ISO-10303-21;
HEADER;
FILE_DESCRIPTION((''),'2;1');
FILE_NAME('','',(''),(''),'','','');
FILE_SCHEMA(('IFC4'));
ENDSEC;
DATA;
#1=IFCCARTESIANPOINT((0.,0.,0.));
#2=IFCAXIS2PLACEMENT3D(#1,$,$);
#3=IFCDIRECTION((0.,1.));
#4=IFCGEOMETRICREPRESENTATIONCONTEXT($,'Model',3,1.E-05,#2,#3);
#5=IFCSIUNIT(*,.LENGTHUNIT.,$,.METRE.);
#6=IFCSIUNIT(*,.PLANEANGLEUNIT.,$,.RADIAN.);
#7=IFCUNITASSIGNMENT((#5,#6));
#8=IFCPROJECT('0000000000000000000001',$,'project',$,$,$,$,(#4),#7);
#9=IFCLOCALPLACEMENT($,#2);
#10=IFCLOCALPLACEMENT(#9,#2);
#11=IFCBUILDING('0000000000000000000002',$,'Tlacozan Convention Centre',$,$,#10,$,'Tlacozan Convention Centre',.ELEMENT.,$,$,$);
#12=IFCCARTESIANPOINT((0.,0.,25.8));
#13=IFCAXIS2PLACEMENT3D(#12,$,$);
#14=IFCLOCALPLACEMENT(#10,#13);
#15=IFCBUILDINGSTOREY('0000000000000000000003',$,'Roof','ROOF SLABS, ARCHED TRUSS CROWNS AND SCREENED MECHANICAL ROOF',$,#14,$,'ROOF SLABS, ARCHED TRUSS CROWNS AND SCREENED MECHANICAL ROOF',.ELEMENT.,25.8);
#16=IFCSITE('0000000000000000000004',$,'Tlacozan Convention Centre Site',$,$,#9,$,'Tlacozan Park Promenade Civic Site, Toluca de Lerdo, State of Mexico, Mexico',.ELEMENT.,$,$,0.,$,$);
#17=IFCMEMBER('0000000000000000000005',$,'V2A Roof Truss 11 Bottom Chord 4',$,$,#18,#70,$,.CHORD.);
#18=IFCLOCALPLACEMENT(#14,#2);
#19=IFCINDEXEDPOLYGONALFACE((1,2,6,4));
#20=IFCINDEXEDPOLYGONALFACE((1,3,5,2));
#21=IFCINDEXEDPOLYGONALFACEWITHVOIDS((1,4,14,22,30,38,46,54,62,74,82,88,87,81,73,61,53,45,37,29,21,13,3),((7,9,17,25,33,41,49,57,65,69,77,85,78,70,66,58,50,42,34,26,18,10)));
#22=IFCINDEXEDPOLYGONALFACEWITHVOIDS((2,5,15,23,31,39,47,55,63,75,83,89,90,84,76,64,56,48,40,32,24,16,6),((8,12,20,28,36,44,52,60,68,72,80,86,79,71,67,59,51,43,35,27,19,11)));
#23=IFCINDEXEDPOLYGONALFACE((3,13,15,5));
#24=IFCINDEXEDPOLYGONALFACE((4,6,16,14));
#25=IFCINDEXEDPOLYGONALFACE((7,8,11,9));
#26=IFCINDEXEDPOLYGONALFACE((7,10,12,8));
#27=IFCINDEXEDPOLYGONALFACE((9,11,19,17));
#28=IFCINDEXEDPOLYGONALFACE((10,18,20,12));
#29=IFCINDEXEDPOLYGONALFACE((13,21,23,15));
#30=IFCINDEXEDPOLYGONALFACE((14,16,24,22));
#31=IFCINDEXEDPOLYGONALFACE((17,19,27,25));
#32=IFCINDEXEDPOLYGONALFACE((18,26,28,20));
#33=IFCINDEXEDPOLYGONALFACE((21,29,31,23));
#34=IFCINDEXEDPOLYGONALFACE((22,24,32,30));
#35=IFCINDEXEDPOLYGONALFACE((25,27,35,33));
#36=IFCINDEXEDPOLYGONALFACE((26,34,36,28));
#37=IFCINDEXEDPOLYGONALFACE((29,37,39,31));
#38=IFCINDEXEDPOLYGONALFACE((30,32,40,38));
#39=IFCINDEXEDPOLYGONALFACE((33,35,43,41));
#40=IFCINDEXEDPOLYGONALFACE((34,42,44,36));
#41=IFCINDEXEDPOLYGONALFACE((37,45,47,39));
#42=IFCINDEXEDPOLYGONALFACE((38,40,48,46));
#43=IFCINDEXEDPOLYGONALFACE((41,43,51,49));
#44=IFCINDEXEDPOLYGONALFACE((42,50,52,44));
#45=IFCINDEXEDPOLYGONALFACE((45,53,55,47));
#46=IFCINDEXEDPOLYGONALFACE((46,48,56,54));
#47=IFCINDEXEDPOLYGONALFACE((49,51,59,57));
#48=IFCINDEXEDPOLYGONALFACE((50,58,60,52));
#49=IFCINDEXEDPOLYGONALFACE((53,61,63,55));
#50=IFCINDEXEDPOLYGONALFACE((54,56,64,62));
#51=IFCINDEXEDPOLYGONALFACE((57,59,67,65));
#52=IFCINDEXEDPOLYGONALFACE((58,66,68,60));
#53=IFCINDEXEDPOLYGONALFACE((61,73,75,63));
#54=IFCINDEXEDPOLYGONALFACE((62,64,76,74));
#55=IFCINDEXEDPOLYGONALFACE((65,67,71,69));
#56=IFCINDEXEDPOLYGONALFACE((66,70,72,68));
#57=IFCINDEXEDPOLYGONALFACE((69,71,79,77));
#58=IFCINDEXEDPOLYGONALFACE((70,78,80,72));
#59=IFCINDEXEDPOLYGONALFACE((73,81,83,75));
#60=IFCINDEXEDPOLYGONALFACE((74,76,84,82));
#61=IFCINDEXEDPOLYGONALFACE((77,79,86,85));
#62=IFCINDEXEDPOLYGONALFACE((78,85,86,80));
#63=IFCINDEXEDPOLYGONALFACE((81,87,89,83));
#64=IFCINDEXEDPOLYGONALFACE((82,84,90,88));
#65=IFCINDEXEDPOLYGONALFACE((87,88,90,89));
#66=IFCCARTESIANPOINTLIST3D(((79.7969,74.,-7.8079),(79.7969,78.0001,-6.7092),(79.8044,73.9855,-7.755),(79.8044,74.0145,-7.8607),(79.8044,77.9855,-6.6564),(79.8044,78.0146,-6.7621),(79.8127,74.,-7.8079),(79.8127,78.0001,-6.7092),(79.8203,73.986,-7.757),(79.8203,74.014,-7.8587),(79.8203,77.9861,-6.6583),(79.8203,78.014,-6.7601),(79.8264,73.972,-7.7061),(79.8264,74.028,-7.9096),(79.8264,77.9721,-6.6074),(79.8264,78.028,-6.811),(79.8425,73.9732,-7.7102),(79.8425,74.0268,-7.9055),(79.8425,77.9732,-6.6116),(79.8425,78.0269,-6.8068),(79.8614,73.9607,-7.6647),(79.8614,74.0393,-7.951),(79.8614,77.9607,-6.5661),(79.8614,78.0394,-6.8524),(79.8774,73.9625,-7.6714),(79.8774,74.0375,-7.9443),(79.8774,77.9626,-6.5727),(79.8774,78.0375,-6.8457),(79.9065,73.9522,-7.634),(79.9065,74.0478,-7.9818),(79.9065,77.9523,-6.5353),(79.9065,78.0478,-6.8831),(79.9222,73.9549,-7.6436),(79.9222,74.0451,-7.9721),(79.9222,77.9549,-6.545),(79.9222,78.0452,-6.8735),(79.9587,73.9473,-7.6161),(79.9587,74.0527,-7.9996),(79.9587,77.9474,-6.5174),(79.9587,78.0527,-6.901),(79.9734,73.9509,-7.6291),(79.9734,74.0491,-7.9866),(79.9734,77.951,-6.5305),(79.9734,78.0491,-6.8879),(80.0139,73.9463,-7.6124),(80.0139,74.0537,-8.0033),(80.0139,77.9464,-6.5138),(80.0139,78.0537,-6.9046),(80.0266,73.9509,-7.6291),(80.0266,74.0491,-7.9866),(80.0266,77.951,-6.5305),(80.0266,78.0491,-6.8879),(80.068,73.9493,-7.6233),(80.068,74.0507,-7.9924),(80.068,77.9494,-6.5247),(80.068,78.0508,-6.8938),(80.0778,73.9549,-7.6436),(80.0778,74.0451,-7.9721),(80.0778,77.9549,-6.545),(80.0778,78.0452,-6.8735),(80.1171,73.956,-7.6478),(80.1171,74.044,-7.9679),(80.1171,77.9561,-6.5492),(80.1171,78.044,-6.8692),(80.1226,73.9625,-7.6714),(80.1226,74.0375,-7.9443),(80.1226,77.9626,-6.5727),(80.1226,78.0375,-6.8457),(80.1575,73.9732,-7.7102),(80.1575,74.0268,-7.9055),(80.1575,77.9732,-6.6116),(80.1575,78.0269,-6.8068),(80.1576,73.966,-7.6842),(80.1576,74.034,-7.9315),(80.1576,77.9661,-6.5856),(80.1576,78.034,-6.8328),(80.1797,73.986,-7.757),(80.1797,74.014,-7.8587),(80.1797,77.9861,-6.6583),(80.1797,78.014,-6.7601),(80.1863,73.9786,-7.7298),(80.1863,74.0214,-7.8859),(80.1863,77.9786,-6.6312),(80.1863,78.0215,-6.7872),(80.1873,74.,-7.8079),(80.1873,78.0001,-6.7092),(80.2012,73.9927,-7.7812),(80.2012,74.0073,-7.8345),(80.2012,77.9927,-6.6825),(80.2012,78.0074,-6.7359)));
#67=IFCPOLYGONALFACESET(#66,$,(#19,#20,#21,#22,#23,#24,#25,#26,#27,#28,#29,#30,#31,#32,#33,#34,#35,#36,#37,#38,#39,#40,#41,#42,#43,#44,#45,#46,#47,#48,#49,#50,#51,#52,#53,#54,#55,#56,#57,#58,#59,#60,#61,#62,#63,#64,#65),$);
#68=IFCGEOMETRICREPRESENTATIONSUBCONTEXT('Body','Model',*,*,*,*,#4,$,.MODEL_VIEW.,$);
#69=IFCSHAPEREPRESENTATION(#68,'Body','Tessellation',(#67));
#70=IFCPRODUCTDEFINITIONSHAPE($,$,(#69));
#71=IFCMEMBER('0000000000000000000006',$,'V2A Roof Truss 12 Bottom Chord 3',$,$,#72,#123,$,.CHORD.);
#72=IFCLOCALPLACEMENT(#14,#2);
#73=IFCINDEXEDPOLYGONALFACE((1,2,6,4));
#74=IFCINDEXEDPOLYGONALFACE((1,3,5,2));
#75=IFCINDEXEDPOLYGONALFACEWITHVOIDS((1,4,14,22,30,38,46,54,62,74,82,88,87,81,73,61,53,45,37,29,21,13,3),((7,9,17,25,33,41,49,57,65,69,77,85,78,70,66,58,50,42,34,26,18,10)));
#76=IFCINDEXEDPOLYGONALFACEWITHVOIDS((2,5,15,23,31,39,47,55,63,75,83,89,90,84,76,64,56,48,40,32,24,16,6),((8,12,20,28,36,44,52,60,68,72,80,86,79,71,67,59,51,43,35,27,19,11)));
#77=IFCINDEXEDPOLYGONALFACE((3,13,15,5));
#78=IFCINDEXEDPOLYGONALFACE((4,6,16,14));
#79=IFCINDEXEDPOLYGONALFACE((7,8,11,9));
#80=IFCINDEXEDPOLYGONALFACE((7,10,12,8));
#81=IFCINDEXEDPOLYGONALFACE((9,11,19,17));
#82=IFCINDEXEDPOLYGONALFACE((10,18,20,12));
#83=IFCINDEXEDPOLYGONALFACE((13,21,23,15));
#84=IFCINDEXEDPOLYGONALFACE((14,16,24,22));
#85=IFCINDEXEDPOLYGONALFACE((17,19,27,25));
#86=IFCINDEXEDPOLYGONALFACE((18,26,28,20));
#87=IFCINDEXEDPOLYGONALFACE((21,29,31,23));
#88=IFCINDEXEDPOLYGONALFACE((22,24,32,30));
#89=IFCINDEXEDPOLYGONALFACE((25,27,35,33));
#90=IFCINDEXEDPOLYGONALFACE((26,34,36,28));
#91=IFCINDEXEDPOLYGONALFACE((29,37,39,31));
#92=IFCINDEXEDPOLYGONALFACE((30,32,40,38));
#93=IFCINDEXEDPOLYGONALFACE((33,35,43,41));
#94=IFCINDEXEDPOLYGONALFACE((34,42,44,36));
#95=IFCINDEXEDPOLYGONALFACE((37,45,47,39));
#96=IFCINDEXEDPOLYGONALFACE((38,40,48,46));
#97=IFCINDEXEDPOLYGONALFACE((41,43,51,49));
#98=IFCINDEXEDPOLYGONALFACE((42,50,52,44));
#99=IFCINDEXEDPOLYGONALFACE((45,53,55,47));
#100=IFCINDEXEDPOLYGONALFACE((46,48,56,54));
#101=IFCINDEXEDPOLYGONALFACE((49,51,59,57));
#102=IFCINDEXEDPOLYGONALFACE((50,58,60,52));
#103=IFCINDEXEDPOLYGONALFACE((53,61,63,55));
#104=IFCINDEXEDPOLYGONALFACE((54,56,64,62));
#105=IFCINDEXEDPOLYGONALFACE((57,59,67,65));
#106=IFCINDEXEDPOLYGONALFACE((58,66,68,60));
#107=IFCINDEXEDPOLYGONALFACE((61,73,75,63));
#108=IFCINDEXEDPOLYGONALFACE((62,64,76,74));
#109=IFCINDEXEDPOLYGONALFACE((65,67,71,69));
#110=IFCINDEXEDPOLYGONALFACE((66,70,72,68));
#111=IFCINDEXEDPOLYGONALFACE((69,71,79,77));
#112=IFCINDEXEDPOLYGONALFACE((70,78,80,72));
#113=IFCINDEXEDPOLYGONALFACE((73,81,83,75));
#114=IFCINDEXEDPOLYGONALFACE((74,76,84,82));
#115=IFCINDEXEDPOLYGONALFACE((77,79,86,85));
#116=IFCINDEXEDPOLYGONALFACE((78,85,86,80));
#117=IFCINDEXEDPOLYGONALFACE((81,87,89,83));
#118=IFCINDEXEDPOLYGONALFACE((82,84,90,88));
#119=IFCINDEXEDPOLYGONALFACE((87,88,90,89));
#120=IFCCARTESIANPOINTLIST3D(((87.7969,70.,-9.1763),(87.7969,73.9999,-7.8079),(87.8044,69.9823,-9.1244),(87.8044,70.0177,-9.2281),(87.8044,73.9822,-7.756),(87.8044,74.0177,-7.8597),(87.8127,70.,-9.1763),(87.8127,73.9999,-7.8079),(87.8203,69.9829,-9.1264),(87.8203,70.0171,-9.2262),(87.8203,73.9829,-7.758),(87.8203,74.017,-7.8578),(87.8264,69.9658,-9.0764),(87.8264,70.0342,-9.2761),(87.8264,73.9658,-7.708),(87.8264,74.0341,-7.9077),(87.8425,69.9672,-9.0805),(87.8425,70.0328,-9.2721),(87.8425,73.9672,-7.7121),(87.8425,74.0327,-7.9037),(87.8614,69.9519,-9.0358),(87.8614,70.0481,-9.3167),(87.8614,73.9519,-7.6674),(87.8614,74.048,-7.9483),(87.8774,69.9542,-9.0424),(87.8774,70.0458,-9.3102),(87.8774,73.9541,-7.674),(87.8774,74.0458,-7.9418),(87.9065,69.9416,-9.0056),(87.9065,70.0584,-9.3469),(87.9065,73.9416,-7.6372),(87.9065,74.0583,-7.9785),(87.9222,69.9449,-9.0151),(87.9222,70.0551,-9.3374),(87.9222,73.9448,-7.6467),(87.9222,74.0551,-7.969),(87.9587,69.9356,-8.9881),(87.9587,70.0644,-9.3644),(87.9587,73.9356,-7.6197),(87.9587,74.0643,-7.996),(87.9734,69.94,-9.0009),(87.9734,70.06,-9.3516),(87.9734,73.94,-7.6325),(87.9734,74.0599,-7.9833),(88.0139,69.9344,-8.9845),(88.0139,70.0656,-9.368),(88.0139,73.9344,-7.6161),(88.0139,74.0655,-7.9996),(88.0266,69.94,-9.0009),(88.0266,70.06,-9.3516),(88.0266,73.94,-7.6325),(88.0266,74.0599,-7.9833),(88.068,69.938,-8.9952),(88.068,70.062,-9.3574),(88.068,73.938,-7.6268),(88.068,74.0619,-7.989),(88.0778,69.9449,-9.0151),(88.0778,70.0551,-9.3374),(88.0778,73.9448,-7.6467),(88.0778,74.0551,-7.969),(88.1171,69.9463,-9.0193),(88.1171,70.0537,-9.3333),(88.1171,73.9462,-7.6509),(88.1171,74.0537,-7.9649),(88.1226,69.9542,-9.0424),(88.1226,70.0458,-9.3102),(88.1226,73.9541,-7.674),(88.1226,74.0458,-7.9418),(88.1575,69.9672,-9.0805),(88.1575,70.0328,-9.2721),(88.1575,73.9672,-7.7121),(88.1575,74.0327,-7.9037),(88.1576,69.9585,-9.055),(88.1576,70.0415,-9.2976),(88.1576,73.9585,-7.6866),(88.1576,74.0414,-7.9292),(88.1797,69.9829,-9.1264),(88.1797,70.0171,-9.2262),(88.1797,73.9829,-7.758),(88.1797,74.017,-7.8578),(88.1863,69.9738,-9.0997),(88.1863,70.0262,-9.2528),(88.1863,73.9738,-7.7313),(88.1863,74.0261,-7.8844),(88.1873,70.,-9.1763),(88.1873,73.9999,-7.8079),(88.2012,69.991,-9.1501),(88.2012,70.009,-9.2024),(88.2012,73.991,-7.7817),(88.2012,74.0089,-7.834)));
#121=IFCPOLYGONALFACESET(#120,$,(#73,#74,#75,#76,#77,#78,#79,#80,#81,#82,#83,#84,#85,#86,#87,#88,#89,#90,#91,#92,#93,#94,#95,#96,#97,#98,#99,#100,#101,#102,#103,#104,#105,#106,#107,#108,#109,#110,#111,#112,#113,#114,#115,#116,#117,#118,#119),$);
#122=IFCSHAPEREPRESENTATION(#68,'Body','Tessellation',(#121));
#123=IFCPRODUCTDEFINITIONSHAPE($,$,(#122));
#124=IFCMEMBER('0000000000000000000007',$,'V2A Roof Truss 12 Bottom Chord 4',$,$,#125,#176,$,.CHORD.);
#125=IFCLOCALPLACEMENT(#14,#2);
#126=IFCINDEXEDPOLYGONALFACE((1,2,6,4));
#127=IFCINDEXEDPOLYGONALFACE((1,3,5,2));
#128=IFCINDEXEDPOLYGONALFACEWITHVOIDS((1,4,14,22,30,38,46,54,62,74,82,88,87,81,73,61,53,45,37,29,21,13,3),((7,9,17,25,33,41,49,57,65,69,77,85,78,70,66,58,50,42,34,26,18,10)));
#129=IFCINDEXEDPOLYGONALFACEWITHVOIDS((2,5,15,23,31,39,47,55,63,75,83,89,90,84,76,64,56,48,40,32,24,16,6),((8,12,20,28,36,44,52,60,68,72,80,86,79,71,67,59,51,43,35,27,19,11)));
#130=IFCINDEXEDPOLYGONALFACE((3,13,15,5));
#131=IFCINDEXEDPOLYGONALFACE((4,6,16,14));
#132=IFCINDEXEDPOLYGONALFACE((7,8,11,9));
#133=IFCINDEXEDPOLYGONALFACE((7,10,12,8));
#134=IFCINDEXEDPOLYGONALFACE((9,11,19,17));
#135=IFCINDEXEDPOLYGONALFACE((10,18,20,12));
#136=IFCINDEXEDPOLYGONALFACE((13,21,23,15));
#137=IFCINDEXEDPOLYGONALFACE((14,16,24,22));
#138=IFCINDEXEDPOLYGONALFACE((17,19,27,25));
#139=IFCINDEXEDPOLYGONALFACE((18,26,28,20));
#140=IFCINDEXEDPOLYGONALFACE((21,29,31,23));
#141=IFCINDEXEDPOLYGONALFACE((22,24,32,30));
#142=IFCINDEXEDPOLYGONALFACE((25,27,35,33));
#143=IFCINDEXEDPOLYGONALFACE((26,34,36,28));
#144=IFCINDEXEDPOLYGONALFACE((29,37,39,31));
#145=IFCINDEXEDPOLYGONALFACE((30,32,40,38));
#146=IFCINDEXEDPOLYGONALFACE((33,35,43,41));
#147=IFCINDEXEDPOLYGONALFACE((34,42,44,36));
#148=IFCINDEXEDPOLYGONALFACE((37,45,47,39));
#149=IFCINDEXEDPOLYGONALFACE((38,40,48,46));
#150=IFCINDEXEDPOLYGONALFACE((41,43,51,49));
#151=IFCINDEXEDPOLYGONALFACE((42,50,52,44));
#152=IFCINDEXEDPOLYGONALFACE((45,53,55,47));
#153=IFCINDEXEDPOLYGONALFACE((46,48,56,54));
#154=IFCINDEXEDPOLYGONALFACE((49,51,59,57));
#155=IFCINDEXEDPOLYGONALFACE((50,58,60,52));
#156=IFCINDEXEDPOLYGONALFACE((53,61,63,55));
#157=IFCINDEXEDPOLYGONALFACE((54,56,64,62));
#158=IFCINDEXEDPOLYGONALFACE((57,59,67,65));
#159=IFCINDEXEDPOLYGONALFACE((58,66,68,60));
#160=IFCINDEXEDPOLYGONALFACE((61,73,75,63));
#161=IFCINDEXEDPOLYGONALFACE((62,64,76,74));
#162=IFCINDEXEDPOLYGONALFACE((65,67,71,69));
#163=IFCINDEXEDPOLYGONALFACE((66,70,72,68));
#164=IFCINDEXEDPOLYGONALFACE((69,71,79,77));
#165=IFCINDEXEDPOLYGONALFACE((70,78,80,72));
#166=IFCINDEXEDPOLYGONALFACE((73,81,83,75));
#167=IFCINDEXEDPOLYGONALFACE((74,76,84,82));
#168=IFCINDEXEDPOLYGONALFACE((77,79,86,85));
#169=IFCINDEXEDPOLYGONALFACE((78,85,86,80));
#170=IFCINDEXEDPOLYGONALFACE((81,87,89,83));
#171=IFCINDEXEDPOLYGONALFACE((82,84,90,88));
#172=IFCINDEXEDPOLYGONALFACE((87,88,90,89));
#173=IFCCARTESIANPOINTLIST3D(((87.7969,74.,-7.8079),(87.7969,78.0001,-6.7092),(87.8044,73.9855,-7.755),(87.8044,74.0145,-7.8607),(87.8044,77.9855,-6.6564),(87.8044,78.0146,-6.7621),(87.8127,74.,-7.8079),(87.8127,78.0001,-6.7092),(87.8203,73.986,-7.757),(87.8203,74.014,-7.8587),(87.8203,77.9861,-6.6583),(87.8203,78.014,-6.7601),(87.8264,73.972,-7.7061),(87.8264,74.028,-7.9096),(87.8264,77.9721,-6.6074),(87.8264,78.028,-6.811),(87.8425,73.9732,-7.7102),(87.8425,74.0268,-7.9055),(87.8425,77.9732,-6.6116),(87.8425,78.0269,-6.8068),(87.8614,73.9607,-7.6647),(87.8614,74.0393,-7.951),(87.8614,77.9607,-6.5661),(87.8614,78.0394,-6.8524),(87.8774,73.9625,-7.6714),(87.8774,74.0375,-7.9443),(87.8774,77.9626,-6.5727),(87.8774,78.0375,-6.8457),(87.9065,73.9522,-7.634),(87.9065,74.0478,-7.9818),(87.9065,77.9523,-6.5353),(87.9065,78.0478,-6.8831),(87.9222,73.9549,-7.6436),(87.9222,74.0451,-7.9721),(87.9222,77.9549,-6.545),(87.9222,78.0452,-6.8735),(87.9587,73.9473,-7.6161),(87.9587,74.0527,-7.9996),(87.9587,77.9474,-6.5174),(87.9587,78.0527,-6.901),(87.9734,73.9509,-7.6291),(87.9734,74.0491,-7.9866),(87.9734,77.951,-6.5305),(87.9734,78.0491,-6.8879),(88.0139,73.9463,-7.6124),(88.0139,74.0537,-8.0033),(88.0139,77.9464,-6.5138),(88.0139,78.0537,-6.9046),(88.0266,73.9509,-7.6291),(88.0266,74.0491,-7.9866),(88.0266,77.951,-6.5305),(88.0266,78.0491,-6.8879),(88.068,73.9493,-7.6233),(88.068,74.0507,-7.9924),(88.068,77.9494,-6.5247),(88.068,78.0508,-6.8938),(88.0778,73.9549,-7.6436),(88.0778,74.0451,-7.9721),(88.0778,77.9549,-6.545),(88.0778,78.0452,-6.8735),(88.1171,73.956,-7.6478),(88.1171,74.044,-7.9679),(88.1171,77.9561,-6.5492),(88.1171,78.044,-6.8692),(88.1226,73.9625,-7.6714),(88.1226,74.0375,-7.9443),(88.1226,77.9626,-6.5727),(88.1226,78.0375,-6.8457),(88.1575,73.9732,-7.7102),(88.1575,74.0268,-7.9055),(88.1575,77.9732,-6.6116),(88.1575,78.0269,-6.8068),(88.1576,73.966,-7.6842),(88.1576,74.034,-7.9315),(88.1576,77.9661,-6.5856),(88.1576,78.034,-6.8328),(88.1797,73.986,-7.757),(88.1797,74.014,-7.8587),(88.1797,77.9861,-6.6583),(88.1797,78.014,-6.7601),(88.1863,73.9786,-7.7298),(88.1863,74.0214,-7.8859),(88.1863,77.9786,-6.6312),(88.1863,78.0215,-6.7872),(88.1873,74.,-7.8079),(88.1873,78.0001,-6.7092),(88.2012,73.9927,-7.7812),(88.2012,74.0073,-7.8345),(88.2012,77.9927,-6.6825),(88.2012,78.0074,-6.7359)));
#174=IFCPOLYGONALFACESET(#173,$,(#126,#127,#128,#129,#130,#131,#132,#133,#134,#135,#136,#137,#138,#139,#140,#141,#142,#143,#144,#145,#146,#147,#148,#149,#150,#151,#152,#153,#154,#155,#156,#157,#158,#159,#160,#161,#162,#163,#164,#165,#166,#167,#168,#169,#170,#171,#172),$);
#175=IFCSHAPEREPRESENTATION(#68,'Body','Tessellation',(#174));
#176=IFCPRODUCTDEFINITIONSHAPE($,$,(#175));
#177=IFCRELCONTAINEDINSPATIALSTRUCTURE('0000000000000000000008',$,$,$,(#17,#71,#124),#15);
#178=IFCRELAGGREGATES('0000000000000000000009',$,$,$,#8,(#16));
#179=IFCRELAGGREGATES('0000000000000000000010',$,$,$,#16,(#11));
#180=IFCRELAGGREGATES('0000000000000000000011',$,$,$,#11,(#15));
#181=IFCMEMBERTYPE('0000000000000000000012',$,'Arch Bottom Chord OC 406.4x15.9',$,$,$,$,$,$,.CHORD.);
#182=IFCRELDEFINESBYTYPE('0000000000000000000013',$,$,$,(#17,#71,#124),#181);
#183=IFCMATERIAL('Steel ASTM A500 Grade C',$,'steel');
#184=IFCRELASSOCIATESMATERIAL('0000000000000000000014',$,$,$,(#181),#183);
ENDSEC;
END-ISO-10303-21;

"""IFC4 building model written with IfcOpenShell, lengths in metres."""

from ifc_helpers import new_model, si_unit, direction, frame, origin, origin_2d, place, context, subcontext, project, spatial, hollow_circle, extrude, material, material_profile, profile_set, type_object, element, save


model = new_model("IFC4")

# Units and contexts
model_context = context("Model", 3, precision=1e-05, world=origin(), true_north=direction((0.0, 1.0)))
body_context = subcontext(model_context, "Body", "Model", "MODEL_VIEW")
ifc_project = project(units=[si_unit("LENGTHUNIT", "METRE"), si_unit("PLANEANGLEUNIT", "RADIAN")], contexts=[model_context])

# Site, building, storey
site_placement = place(None, origin())
site = spatial("IfcSite", under=ifc_project, at=site_placement, Name="Tlacozan Convention Centre Site", LongName="Tlacozan Park Promenade Civic Site, Toluca de Lerdo, State of Mexico, Mexico", CompositionType="ELEMENT", RefElevation=0.0)
building_placement = place(site_placement, origin())
building = spatial("IfcBuilding", under=site, at=building_placement, Name="Tlacozan Convention Centre", LongName="Tlacozan Convention Centre", CompositionType="ELEMENT")
storey_placement = place(building_placement, frame((0.0, 0.0, 25.8)))
storey = spatial("IfcBuildingStorey", under=building, at=storey_placement, Name="Roof", Description="ROOF SLABS, ARCHED TRUSS CROWNS AND SCREENED MECHANICAL ROOF", LongName="ROOF SLABS, ARCHED TRUSS CROWNS AND SCREENED MECHANICAL ROOF", CompositionType="ELEMENT", Elevation=25.8)

# Members
ifc_material_1 = material(Name="Steel ASTM A500 Grade C", Category="steel")
ifc_material_profile_1 = material_profile(ifc_material_1, hollow_circle(Radius=0.2031, WallThickness=0.0159, at=origin_2d()), Name="OC 406.4x15.9")
ifc_profile_set_1 = profile_set([ifc_material_profile_1], Name="Steel ASTM A500 Grade C")
member_type_1 = type_object("IfcMemberType", Name="Arch Bottom Chord OC 406.4x15.9", PredefinedType="CHORD", material=ifc_profile_set_1)
member_1_placement = place(storey_placement, frame((80.0, 74.0, -7.8079), z_axis=(0.0, 0.96429, 0.26485), x_axis=(-1.0, 0.0, 0.0)))
element("IfcMember", 1, at=member_1_placement, inside=storey, type_object=member_type_1, Name="V2A Roof Truss 11 Bottom Chord 4", PredefinedType="CHORD", context=body_context, shape_type="SweptSolid", body=[
    extrude(hollow_circle(Radius=0.2031, WallThickness=0.0159, at=origin_2d()), origin(), (0.0, 0.0, 1.0), 4.1482),
])
member_2_placement = place(storey_placement, frame((88.0, 70.0, -9.1763), z_axis=(0.0, 0.946165, 0.323685), x_axis=(-1.0, 0.0, 0.0)))
element("IfcMember", 2, at=member_2_placement, inside=storey, type_object=member_type_1, Name="V2A Roof Truss 12 Bottom Chord 3", PredefinedType="CHORD", context=body_context, shape_type="SweptSolid", body=[
    extrude(hollow_circle(Radius=0.2031, WallThickness=0.0159, at=origin_2d()), origin(), (0.0, 0.0, 1.0), 4.2275),
])
member_3_placement = place(storey_placement, frame((88.0, 74.0, -7.8079), z_axis=(0.0, 0.96429, 0.26485), x_axis=(-1.0, 0.0, 0.0)))
element("IfcMember", 3, at=member_3_placement, inside=storey, type_object=member_type_1, Name="V2A Roof Truss 12 Bottom Chord 4", PredefinedType="CHORD", context=body_context, shape_type="SweptSolid", body=[
    extrude(hollow_circle(Radius=0.2031, WallThickness=0.0159, at=origin_2d()), origin(), (0.0, 0.0, 1.0), 4.1482),
])

save(model, "model.ifc")
